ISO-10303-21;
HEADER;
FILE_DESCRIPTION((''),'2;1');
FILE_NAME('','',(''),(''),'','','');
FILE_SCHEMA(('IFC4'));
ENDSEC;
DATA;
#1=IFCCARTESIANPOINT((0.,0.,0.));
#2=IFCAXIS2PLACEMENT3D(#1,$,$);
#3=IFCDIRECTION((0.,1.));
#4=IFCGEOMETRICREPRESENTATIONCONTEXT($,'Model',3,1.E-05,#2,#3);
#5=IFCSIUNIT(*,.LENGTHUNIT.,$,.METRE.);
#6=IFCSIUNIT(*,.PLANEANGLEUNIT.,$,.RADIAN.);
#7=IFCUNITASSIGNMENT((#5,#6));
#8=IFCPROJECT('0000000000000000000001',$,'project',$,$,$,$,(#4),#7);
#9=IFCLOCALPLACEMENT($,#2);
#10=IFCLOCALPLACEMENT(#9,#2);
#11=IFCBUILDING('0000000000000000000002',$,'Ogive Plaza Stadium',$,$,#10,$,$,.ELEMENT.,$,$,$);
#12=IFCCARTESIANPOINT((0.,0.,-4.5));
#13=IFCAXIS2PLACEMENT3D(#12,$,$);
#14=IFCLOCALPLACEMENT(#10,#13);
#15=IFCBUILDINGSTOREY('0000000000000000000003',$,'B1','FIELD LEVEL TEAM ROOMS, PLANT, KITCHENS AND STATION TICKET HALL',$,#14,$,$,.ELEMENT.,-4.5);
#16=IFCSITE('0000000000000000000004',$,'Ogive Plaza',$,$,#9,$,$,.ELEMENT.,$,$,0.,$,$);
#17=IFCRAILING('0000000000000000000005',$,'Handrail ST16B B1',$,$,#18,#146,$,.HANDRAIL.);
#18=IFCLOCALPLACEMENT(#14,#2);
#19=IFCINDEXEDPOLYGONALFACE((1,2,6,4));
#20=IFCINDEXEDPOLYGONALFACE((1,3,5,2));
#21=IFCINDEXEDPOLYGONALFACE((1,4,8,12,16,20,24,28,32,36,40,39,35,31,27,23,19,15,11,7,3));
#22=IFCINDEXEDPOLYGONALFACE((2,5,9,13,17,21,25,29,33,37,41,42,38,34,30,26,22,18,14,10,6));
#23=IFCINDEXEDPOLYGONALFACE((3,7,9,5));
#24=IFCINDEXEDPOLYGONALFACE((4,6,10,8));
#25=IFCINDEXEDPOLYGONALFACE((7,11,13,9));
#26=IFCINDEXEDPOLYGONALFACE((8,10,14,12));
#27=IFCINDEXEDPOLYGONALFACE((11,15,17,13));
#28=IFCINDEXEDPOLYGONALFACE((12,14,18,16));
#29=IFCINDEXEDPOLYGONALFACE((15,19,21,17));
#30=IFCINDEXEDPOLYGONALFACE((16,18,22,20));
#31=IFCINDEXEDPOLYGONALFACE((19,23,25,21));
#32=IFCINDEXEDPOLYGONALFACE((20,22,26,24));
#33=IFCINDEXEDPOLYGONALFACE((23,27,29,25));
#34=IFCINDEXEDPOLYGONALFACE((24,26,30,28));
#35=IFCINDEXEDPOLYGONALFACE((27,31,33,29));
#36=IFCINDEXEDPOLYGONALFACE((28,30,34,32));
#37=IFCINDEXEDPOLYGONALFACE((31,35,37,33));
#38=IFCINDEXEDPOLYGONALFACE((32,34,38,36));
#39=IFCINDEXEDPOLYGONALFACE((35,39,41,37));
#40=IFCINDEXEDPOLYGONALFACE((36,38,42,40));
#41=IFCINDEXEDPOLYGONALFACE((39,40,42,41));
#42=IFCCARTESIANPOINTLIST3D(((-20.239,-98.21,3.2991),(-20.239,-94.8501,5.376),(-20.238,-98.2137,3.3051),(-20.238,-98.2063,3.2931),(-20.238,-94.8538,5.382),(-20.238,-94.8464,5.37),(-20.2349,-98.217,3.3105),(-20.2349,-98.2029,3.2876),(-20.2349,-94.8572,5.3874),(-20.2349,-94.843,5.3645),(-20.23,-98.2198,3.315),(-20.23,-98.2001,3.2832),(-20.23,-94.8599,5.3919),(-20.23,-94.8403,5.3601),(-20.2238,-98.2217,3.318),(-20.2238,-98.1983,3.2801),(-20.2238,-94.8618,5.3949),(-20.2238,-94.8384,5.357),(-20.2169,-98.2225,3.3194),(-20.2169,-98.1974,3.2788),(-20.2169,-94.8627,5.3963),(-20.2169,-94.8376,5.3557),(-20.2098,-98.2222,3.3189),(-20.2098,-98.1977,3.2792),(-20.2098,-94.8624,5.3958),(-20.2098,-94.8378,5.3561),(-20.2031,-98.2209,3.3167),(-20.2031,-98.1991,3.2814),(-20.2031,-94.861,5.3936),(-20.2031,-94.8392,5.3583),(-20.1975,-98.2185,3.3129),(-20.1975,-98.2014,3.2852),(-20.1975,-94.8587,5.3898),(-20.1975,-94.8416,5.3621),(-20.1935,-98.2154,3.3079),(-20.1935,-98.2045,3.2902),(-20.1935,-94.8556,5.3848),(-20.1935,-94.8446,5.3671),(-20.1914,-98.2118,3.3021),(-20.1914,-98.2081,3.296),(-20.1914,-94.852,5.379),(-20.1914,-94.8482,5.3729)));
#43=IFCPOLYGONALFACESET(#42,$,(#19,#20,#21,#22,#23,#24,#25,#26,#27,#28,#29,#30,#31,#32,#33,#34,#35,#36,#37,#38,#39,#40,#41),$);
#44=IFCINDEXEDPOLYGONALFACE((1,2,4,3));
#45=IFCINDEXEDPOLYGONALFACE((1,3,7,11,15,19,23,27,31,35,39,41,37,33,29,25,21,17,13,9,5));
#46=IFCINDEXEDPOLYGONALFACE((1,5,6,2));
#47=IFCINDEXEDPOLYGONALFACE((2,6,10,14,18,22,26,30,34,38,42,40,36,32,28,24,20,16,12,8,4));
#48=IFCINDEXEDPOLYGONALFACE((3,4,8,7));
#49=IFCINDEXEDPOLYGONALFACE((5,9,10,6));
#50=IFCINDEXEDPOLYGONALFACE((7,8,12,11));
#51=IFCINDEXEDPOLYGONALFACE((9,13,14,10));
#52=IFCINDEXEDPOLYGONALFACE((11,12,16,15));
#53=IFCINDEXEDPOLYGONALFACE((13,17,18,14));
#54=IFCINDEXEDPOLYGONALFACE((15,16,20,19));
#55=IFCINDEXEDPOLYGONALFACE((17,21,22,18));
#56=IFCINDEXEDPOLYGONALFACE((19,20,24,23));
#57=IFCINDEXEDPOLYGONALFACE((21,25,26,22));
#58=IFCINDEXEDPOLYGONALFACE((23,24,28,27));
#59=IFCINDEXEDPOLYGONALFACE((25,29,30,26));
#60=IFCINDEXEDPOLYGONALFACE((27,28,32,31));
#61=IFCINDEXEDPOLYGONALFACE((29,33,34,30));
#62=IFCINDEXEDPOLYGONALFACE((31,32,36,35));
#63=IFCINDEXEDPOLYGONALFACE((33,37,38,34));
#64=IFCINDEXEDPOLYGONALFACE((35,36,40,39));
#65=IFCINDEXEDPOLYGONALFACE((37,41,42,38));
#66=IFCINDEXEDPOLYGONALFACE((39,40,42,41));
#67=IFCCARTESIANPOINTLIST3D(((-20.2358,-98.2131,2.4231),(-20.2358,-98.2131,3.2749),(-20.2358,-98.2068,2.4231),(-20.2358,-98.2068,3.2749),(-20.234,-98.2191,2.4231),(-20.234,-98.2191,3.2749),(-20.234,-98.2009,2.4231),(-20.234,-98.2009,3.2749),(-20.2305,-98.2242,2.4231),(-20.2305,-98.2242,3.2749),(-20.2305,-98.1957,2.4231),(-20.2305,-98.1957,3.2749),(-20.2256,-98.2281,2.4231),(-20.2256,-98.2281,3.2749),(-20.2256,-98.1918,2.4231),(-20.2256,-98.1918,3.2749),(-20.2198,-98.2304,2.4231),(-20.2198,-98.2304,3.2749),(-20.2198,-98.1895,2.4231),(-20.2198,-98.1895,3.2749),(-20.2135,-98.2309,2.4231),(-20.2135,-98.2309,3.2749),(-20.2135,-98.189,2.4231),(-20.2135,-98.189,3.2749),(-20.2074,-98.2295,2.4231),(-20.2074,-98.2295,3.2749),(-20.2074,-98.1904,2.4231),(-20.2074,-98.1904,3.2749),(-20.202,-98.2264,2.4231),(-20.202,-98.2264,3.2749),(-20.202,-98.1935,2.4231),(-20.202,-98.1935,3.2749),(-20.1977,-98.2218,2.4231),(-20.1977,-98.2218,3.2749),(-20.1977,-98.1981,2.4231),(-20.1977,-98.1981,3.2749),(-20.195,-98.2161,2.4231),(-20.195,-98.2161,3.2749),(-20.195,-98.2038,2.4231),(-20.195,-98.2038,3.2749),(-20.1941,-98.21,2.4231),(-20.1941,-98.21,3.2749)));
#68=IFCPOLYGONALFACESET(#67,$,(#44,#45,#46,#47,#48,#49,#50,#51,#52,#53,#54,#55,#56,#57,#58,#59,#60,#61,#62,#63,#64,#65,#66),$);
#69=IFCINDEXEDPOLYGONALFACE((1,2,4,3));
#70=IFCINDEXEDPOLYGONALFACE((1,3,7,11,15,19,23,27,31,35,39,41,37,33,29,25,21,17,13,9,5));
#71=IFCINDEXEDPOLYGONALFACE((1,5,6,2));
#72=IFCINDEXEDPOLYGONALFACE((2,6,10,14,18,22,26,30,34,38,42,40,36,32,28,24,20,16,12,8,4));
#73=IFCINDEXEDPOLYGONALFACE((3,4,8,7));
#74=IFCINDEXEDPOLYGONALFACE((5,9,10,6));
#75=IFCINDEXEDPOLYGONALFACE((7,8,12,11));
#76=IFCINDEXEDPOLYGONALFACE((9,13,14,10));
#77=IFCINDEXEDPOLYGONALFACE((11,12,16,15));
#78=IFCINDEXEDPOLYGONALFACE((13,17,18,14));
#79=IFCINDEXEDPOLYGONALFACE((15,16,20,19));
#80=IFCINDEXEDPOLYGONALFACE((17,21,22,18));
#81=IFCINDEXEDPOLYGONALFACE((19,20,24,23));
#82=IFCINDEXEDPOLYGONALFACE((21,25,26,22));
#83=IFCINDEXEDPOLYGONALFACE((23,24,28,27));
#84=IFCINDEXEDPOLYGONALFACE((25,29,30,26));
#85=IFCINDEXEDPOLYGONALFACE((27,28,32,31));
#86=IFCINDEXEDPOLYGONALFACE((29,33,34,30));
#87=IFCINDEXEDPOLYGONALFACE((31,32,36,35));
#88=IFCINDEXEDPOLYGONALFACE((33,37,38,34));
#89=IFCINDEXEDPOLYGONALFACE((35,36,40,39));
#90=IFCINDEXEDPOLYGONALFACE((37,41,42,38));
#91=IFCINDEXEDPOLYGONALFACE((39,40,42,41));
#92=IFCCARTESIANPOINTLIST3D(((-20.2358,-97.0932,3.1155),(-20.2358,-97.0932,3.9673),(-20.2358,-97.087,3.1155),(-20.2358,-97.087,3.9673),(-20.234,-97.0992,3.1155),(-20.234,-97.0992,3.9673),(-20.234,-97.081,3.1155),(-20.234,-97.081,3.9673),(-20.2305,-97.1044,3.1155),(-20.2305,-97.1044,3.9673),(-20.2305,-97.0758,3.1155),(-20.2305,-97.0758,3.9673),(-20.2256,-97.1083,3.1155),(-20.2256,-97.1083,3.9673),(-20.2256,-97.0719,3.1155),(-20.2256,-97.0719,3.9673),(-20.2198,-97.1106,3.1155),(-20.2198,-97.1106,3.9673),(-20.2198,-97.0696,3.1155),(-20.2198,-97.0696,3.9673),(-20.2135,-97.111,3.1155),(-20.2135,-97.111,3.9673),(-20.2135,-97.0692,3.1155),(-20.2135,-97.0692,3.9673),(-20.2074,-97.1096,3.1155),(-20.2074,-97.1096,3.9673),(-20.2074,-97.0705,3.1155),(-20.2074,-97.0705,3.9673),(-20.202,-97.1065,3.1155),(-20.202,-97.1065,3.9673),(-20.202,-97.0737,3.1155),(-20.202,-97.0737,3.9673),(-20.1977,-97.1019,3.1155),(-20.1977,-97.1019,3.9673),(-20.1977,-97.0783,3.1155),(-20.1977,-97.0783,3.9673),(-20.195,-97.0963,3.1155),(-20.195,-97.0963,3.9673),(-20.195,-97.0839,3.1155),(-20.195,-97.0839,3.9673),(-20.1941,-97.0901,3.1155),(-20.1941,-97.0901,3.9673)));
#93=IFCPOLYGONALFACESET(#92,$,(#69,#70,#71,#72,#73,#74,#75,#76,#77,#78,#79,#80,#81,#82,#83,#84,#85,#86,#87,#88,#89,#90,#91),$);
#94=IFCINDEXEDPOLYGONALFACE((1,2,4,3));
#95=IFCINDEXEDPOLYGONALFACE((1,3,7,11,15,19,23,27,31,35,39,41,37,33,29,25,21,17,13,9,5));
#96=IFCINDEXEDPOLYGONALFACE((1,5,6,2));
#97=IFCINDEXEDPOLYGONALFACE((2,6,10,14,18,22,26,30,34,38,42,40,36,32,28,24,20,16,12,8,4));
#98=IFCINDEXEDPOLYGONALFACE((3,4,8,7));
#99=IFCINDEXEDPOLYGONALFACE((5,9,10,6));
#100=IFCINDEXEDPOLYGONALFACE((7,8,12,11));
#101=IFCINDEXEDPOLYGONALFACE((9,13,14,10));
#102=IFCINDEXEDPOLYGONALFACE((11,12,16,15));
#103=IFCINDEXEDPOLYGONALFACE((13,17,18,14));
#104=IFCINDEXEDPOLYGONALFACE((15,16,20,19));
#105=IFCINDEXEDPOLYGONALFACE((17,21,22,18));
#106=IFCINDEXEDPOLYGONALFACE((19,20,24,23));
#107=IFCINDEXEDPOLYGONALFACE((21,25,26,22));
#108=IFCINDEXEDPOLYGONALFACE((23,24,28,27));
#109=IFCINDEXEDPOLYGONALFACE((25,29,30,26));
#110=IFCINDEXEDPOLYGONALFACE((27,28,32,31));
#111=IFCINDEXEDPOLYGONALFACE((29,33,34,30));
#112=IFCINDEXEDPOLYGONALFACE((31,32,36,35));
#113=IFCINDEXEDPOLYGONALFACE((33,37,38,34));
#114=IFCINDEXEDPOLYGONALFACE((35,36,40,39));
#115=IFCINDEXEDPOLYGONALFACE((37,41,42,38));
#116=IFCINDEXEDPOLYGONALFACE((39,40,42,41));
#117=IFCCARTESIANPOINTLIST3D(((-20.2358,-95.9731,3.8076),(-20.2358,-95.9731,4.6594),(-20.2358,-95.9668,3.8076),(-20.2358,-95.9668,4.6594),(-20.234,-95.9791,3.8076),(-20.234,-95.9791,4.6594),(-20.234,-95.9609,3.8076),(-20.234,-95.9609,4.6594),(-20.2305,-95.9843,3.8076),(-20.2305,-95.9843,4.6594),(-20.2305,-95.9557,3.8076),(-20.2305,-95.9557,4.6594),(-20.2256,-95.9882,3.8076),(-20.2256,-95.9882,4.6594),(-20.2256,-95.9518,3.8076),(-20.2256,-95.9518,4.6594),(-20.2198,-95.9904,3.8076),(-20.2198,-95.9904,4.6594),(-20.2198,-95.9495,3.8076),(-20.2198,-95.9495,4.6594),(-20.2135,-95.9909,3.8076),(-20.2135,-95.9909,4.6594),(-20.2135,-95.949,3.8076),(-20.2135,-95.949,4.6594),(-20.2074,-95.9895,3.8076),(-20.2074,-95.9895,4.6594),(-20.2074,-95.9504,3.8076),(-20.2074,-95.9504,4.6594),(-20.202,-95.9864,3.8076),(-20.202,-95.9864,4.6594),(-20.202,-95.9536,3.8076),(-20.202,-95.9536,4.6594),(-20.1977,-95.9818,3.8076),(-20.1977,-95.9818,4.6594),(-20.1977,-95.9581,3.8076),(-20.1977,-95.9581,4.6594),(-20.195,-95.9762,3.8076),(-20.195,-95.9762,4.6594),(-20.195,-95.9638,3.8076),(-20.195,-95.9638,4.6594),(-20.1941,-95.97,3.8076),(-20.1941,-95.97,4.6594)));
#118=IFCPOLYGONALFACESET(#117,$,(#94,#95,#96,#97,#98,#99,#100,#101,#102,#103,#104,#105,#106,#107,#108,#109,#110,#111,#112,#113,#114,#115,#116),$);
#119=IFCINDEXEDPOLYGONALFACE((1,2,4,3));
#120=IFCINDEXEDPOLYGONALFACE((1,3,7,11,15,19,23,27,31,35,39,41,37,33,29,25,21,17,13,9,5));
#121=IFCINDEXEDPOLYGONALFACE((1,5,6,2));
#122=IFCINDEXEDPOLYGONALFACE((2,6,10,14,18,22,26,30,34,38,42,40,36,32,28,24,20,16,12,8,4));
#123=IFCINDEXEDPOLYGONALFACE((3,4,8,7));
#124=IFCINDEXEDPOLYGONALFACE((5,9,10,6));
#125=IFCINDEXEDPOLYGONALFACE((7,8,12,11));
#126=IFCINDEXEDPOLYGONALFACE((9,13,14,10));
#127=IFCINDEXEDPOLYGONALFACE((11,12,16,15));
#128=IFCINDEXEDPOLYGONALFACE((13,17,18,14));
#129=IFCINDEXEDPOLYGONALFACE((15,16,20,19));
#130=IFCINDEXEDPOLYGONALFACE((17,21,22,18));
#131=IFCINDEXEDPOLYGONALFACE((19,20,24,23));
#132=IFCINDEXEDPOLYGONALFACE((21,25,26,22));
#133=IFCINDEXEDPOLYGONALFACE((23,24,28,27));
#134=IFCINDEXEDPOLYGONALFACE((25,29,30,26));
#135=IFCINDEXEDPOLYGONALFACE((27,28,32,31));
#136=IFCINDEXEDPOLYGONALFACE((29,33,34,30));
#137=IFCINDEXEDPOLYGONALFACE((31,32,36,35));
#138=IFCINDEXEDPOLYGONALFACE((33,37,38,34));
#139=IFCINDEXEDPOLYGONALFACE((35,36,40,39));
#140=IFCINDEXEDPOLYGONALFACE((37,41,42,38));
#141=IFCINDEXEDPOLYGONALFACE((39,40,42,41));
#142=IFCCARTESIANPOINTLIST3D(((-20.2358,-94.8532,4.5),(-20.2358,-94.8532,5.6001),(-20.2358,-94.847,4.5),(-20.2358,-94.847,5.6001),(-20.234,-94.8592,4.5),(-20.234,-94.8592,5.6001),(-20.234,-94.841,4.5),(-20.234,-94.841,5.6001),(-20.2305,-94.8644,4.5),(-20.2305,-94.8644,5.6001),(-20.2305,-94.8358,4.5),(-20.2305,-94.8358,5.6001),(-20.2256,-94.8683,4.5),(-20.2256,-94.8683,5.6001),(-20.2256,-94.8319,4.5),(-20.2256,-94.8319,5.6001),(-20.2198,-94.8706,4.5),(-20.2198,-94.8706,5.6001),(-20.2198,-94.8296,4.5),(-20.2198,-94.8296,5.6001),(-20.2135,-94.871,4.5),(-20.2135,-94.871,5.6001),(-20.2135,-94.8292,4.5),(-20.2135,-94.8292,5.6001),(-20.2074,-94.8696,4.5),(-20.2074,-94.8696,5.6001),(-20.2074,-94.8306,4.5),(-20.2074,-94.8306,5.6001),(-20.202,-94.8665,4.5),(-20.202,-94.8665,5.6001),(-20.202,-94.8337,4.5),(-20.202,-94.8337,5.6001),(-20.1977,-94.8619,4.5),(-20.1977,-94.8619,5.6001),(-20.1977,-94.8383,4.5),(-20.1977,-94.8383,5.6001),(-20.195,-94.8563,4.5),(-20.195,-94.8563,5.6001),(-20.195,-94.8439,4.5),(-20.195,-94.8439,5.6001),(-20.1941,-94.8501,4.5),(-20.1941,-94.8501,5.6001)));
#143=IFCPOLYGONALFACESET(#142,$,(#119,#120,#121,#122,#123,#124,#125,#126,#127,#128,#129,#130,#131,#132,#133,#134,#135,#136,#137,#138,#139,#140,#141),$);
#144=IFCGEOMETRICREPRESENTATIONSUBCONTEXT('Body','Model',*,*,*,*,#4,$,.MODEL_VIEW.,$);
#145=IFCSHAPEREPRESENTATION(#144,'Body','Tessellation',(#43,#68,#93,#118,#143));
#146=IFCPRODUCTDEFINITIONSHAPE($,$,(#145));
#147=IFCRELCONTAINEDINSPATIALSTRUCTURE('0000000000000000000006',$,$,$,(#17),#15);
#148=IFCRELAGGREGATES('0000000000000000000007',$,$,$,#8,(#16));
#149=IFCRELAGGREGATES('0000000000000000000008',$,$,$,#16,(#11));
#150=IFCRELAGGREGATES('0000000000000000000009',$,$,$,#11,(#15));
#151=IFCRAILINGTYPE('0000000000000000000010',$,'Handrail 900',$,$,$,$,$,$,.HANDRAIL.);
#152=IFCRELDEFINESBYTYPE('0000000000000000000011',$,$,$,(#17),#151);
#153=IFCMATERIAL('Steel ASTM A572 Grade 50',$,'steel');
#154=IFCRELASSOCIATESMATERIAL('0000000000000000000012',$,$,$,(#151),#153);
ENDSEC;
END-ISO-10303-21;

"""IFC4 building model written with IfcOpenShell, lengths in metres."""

from ifc_helpers import new_model, si_unit, direction, frame, origin, origin_2d, place, context, subcontext, project, spatial, circle, extrude, material, type_object, element, save


model = new_model("IFC4")

# Units and contexts
model_context = context("Model", 3, precision=1e-05, world=origin(), true_north=direction((0.0, 1.0)))
body_context = subcontext(model_context, "Body", "Model", "MODEL_VIEW")
ifc_project = project(units=[si_unit("LENGTHUNIT", "METRE"), si_unit("PLANEANGLEUNIT", "RADIAN")], contexts=[model_context])

# Site, building, storey
site_placement = place(None, origin())
site = spatial("IfcSite", under=ifc_project, at=site_placement, Name="Ogive Plaza", CompositionType="ELEMENT", RefElevation=0.0)
building_placement = place(site_placement, origin())
building = spatial("IfcBuilding", under=site, at=building_placement, Name="Ogive Plaza Stadium", CompositionType="ELEMENT")
storey_placement = place(building_placement, frame((0.0, 0.0, -4.5)))
storey = spatial("IfcBuildingStorey", under=building, at=storey_placement, Name="B1", Description="FIELD LEVEL TEAM ROOMS, PLANT, KITCHENS AND STATION TICKET HALL", CompositionType="ELEMENT", Elevation=-4.5)

# Railing
ifc_material_1 = material(Name="Steel ASTM A572 Grade 50", Category="steel")
railing_type_1 = type_object("IfcRailingType", Name="Handrail 900", PredefinedType="HANDRAIL", material=ifc_material_1)
for number, where, name in (
    (1, (-20.2151, -98.21, 2.4231), "Handrail ST16B B1"),
):
    element("IfcRailing", number, at=place(storey_placement, frame(where)), inside=storey, type_object=railing_type_1, Name=name, PredefinedType="HANDRAIL", context=body_context, shape_type="SweptSolid", body=[
        extrude(circle(Radius=0.0239, at=origin_2d()), frame((0.0, 0.0, 0.876), z_axis=(0.0, 0.850606, 0.525803), x_axis=(-1.0, 0.0, 0.0)), (0.0, 0.0, 1.0), 3.95),
        extrude(circle(Radius=0.021, at=origin_2d()), origin(), (0.0, 0.0, 1.0), 0.8518),
        extrude(circle(Radius=0.021, at=origin_2d()), frame((0.0, 1.1199, 0.6924)), (0.0, 0.0, 1.0), 0.8518),
        extrude(circle(Radius=0.021, at=origin_2d()), frame((0.0, 2.24, 1.3845)), (0.0, 0.0, 1.0), 0.8518),
        extrude(circle(Radius=0.021, at=origin_2d()), frame((0.0, 3.3599, 2.0769)), (0.0, 0.0, 1.0), 1.1001),
    ])

save(model, "model.ifc")
